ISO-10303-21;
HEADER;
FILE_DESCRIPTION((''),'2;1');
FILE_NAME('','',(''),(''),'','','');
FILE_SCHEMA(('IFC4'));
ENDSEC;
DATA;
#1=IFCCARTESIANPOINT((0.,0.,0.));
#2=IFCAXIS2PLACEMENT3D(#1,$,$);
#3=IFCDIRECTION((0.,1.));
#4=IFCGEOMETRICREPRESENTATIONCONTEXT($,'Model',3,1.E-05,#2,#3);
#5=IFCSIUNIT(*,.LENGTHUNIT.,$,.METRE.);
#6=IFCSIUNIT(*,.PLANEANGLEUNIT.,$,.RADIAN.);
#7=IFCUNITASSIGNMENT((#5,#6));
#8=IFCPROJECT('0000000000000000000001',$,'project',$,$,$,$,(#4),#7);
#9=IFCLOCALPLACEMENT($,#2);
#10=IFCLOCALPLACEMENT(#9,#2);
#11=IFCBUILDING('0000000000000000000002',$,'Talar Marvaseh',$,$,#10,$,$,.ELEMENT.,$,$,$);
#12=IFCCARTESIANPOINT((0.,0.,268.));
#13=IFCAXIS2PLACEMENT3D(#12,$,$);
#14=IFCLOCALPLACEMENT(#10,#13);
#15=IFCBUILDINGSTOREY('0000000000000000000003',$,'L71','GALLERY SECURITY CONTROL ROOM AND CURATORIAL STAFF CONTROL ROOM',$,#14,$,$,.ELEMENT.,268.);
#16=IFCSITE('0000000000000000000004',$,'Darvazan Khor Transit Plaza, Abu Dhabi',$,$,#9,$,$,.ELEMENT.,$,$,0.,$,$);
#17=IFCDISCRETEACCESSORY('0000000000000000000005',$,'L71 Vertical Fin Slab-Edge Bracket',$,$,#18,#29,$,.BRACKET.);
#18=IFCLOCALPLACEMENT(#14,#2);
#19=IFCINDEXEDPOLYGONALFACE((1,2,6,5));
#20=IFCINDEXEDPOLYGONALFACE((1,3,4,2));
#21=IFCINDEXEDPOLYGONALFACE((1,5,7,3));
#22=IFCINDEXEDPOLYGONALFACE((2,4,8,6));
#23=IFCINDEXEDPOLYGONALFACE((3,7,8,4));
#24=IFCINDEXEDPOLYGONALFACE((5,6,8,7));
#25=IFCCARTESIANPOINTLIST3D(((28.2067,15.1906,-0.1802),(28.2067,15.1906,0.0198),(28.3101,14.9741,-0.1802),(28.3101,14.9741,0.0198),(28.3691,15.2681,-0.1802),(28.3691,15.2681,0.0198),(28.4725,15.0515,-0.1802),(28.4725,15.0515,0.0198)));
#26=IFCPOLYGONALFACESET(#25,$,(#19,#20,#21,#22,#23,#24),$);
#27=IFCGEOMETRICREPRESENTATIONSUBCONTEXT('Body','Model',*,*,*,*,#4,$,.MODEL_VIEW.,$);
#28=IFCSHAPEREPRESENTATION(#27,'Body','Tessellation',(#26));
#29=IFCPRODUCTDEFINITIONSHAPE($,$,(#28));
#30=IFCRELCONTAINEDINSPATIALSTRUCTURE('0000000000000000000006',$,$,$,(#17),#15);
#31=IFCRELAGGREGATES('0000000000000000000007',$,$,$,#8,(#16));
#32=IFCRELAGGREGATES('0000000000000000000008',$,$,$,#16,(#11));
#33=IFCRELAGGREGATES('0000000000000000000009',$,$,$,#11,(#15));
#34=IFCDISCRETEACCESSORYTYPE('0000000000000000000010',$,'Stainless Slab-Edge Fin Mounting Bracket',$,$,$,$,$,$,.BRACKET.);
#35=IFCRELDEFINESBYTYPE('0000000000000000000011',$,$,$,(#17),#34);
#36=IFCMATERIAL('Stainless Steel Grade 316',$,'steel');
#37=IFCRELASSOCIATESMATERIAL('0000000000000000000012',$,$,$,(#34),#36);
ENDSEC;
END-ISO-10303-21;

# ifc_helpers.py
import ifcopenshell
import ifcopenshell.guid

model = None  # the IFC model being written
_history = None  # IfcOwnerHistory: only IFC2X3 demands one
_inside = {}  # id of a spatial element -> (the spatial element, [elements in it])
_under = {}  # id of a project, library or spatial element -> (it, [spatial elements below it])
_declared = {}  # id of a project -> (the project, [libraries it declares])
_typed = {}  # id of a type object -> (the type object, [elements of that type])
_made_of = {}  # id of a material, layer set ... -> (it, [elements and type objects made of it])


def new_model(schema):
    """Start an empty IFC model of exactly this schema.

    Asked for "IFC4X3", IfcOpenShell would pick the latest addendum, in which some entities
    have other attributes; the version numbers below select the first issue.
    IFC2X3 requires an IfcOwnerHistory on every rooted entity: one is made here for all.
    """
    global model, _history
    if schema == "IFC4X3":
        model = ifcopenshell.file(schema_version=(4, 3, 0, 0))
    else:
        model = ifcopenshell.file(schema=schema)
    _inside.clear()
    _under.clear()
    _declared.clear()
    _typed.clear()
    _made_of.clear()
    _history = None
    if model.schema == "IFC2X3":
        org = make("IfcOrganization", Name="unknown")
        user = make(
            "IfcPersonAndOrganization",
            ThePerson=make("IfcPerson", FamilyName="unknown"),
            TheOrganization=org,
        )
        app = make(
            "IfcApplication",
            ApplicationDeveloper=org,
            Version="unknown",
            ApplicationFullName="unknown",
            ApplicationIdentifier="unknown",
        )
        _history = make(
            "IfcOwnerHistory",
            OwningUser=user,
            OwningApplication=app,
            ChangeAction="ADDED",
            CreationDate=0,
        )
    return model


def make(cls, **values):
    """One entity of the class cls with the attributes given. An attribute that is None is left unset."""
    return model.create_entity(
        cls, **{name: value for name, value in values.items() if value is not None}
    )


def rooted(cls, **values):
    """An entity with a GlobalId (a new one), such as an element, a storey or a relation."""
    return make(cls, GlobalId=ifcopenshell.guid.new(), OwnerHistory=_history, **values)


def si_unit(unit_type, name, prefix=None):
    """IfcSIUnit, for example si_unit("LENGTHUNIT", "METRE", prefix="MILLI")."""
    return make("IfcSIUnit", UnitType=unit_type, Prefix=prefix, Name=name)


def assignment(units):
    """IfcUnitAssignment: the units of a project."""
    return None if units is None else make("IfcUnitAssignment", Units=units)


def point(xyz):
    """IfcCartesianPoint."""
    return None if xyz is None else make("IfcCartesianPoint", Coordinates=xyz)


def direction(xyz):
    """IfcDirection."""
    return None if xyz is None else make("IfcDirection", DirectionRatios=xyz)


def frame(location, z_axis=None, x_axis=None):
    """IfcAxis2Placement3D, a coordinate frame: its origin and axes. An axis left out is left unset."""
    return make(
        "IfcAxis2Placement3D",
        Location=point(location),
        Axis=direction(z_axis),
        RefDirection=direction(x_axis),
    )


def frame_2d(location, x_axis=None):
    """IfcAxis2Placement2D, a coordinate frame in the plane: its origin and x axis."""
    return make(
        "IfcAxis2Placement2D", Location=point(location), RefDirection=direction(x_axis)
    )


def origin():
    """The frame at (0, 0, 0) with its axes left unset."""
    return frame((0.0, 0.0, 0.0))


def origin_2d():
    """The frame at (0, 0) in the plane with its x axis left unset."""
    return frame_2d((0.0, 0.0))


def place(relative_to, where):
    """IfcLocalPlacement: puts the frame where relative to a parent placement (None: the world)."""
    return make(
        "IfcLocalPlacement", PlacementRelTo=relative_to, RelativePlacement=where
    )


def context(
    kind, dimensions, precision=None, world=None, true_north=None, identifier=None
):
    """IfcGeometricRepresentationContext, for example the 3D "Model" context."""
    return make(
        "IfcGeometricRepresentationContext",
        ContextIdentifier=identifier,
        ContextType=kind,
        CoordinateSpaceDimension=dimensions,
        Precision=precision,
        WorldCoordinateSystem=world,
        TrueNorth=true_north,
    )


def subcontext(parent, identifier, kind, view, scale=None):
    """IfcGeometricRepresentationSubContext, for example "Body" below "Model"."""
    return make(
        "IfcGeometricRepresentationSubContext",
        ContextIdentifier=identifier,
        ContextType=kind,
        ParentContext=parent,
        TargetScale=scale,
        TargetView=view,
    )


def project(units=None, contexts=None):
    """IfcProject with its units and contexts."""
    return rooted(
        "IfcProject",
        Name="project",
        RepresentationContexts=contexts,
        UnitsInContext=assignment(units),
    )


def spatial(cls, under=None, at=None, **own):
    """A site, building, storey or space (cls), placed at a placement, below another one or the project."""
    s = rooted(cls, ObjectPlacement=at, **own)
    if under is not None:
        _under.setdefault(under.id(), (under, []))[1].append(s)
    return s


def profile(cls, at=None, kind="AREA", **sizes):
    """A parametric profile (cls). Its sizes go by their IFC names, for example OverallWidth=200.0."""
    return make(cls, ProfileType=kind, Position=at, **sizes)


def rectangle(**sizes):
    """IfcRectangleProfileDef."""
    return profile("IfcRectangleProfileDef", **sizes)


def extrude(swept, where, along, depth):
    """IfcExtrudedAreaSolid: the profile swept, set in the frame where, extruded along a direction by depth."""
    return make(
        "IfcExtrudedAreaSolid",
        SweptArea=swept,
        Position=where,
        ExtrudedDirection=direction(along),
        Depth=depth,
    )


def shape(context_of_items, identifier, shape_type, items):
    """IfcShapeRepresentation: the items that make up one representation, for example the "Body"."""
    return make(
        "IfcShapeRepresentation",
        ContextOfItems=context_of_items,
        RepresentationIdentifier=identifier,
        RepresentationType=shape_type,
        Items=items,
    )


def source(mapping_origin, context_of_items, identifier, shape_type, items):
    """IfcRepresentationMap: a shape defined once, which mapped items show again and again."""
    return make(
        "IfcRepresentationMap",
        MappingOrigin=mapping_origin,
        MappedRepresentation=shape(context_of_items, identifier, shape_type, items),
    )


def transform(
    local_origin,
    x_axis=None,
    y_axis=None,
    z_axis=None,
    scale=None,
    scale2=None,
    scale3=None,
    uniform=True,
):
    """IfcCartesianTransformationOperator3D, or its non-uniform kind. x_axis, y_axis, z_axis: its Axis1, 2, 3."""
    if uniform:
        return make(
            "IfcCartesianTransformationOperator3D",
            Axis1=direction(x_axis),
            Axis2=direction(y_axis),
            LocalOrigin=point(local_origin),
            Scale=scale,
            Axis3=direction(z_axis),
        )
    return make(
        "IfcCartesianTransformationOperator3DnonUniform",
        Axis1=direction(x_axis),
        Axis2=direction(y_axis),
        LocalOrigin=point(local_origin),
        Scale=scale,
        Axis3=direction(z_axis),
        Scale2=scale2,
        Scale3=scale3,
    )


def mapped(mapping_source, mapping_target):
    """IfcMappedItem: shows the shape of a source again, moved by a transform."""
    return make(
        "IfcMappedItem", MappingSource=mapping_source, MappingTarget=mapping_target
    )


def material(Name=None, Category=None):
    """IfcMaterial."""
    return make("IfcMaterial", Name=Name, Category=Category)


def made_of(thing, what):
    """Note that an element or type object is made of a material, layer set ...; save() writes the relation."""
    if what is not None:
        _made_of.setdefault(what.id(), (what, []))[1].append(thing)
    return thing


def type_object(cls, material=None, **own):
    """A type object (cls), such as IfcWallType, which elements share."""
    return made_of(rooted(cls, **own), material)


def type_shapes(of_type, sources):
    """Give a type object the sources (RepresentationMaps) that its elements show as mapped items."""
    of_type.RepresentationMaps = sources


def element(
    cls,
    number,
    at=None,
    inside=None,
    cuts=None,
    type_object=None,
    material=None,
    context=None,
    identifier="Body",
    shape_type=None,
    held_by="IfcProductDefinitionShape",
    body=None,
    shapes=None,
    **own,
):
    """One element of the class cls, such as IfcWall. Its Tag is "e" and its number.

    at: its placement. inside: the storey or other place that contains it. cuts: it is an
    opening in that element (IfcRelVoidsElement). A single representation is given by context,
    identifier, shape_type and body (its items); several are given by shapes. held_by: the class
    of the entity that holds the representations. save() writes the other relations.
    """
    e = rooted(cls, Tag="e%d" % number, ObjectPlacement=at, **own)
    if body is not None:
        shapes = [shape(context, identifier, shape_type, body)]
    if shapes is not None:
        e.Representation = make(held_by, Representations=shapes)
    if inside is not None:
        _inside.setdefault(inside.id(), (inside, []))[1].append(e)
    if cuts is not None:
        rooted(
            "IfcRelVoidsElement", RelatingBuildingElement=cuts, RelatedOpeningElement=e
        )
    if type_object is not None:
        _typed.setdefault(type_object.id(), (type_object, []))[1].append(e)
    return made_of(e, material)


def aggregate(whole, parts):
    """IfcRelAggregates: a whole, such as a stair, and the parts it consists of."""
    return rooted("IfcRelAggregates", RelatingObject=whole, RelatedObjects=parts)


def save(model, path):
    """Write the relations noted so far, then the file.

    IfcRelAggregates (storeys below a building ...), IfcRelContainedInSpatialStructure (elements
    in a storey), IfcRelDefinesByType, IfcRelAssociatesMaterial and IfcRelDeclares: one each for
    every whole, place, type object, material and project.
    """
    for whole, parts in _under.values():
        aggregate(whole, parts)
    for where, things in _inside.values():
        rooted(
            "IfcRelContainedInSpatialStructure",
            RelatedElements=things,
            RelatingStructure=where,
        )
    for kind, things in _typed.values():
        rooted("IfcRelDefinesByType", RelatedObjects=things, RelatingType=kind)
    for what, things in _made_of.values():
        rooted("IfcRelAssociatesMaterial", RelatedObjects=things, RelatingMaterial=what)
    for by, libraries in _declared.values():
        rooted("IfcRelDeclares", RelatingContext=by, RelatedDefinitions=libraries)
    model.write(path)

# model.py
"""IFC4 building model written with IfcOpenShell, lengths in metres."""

from ifc_helpers import new_model, si_unit, direction, frame, origin, origin_2d, place, context, subcontext, project, spatial, rectangle, extrude, source, transform, mapped, material, type_object, type_shapes, element, save


model = new_model("IFC4")

# Units and contexts
model_context = context("Model", 3, precision=1e-05, world=origin(), true_north=direction((0.0, 1.0)))
body_context = subcontext(model_context, "Body", "Model", "MODEL_VIEW")
ifc_project = project(units=[si_unit("LENGTHUNIT", "METRE"), si_unit("PLANEANGLEUNIT", "RADIAN")], contexts=[model_context])

# Site, building, storey
site_placement = place(None, origin())
site = spatial("IfcSite", under=ifc_project, at=site_placement, Name="Darvazan Khor Transit Plaza, Abu Dhabi", CompositionType="ELEMENT", RefElevation=0.0)
building_placement = place(site_placement, origin())
building = spatial("IfcBuilding", under=site, at=building_placement, Name="Talar Marvaseh", CompositionType="ELEMENT")
storey_placement = place(building_placement, frame((0.0, 0.0, 268.0)))
storey = spatial("IfcBuildingStorey", under=building, at=storey_placement, Name="L71", Description="GALLERY SECURITY CONTROL ROOM AND CURATORIAL STAFF CONTROL ROOM", CompositionType="ELEMENT", Elevation=268.0)

# Discrete accessory
ifc_material_1 = material(Name="Stainless Steel Grade 316", Category="steel")
discrete_accessory_type = type_object("IfcDiscreteAccessoryType", Name="Stainless Slab-Edge Fin Mounting Bracket", PredefinedType="BRACKET", material=ifc_material_1)
shared_shape_1 = source(origin(), body_context, "Body", "SweptSolid", [
    extrude(rectangle(XDim=0.24, YDim=0.1799, at=origin_2d()), origin(), (0.0, 0.0, 1.0), 0.2),
])
type_shapes(discrete_accessory_type, [shared_shape_1])
for number, where, z_axis, x_axis, name in (
    (1, (28.3396, 15.1211, -0.1802), (0.0, 0.0, 1.0), (0.430669, -0.90251, 0.0), "L71 Vertical Fin Slab-Edge Bracket"),
):
    element("IfcDiscreteAccessory", number, at=place(storey_placement, frame(where, z_axis=z_axis, x_axis=x_axis)), inside=storey, type_object=discrete_accessory_type, Name=name, PredefinedType="BRACKET", context=body_context, shape_type="MappedRepresentation", body=[
        mapped(shared_shape_1, transform((0.0, 0.0, 0.0), x_axis=(1.0, 0.0, 0.0), y_axis=(0.0, 1.0, 0.0), z_axis=(0.0, 0.0, 1.0), scale=1.0)),
    ])

save(model, "model.ifc")
